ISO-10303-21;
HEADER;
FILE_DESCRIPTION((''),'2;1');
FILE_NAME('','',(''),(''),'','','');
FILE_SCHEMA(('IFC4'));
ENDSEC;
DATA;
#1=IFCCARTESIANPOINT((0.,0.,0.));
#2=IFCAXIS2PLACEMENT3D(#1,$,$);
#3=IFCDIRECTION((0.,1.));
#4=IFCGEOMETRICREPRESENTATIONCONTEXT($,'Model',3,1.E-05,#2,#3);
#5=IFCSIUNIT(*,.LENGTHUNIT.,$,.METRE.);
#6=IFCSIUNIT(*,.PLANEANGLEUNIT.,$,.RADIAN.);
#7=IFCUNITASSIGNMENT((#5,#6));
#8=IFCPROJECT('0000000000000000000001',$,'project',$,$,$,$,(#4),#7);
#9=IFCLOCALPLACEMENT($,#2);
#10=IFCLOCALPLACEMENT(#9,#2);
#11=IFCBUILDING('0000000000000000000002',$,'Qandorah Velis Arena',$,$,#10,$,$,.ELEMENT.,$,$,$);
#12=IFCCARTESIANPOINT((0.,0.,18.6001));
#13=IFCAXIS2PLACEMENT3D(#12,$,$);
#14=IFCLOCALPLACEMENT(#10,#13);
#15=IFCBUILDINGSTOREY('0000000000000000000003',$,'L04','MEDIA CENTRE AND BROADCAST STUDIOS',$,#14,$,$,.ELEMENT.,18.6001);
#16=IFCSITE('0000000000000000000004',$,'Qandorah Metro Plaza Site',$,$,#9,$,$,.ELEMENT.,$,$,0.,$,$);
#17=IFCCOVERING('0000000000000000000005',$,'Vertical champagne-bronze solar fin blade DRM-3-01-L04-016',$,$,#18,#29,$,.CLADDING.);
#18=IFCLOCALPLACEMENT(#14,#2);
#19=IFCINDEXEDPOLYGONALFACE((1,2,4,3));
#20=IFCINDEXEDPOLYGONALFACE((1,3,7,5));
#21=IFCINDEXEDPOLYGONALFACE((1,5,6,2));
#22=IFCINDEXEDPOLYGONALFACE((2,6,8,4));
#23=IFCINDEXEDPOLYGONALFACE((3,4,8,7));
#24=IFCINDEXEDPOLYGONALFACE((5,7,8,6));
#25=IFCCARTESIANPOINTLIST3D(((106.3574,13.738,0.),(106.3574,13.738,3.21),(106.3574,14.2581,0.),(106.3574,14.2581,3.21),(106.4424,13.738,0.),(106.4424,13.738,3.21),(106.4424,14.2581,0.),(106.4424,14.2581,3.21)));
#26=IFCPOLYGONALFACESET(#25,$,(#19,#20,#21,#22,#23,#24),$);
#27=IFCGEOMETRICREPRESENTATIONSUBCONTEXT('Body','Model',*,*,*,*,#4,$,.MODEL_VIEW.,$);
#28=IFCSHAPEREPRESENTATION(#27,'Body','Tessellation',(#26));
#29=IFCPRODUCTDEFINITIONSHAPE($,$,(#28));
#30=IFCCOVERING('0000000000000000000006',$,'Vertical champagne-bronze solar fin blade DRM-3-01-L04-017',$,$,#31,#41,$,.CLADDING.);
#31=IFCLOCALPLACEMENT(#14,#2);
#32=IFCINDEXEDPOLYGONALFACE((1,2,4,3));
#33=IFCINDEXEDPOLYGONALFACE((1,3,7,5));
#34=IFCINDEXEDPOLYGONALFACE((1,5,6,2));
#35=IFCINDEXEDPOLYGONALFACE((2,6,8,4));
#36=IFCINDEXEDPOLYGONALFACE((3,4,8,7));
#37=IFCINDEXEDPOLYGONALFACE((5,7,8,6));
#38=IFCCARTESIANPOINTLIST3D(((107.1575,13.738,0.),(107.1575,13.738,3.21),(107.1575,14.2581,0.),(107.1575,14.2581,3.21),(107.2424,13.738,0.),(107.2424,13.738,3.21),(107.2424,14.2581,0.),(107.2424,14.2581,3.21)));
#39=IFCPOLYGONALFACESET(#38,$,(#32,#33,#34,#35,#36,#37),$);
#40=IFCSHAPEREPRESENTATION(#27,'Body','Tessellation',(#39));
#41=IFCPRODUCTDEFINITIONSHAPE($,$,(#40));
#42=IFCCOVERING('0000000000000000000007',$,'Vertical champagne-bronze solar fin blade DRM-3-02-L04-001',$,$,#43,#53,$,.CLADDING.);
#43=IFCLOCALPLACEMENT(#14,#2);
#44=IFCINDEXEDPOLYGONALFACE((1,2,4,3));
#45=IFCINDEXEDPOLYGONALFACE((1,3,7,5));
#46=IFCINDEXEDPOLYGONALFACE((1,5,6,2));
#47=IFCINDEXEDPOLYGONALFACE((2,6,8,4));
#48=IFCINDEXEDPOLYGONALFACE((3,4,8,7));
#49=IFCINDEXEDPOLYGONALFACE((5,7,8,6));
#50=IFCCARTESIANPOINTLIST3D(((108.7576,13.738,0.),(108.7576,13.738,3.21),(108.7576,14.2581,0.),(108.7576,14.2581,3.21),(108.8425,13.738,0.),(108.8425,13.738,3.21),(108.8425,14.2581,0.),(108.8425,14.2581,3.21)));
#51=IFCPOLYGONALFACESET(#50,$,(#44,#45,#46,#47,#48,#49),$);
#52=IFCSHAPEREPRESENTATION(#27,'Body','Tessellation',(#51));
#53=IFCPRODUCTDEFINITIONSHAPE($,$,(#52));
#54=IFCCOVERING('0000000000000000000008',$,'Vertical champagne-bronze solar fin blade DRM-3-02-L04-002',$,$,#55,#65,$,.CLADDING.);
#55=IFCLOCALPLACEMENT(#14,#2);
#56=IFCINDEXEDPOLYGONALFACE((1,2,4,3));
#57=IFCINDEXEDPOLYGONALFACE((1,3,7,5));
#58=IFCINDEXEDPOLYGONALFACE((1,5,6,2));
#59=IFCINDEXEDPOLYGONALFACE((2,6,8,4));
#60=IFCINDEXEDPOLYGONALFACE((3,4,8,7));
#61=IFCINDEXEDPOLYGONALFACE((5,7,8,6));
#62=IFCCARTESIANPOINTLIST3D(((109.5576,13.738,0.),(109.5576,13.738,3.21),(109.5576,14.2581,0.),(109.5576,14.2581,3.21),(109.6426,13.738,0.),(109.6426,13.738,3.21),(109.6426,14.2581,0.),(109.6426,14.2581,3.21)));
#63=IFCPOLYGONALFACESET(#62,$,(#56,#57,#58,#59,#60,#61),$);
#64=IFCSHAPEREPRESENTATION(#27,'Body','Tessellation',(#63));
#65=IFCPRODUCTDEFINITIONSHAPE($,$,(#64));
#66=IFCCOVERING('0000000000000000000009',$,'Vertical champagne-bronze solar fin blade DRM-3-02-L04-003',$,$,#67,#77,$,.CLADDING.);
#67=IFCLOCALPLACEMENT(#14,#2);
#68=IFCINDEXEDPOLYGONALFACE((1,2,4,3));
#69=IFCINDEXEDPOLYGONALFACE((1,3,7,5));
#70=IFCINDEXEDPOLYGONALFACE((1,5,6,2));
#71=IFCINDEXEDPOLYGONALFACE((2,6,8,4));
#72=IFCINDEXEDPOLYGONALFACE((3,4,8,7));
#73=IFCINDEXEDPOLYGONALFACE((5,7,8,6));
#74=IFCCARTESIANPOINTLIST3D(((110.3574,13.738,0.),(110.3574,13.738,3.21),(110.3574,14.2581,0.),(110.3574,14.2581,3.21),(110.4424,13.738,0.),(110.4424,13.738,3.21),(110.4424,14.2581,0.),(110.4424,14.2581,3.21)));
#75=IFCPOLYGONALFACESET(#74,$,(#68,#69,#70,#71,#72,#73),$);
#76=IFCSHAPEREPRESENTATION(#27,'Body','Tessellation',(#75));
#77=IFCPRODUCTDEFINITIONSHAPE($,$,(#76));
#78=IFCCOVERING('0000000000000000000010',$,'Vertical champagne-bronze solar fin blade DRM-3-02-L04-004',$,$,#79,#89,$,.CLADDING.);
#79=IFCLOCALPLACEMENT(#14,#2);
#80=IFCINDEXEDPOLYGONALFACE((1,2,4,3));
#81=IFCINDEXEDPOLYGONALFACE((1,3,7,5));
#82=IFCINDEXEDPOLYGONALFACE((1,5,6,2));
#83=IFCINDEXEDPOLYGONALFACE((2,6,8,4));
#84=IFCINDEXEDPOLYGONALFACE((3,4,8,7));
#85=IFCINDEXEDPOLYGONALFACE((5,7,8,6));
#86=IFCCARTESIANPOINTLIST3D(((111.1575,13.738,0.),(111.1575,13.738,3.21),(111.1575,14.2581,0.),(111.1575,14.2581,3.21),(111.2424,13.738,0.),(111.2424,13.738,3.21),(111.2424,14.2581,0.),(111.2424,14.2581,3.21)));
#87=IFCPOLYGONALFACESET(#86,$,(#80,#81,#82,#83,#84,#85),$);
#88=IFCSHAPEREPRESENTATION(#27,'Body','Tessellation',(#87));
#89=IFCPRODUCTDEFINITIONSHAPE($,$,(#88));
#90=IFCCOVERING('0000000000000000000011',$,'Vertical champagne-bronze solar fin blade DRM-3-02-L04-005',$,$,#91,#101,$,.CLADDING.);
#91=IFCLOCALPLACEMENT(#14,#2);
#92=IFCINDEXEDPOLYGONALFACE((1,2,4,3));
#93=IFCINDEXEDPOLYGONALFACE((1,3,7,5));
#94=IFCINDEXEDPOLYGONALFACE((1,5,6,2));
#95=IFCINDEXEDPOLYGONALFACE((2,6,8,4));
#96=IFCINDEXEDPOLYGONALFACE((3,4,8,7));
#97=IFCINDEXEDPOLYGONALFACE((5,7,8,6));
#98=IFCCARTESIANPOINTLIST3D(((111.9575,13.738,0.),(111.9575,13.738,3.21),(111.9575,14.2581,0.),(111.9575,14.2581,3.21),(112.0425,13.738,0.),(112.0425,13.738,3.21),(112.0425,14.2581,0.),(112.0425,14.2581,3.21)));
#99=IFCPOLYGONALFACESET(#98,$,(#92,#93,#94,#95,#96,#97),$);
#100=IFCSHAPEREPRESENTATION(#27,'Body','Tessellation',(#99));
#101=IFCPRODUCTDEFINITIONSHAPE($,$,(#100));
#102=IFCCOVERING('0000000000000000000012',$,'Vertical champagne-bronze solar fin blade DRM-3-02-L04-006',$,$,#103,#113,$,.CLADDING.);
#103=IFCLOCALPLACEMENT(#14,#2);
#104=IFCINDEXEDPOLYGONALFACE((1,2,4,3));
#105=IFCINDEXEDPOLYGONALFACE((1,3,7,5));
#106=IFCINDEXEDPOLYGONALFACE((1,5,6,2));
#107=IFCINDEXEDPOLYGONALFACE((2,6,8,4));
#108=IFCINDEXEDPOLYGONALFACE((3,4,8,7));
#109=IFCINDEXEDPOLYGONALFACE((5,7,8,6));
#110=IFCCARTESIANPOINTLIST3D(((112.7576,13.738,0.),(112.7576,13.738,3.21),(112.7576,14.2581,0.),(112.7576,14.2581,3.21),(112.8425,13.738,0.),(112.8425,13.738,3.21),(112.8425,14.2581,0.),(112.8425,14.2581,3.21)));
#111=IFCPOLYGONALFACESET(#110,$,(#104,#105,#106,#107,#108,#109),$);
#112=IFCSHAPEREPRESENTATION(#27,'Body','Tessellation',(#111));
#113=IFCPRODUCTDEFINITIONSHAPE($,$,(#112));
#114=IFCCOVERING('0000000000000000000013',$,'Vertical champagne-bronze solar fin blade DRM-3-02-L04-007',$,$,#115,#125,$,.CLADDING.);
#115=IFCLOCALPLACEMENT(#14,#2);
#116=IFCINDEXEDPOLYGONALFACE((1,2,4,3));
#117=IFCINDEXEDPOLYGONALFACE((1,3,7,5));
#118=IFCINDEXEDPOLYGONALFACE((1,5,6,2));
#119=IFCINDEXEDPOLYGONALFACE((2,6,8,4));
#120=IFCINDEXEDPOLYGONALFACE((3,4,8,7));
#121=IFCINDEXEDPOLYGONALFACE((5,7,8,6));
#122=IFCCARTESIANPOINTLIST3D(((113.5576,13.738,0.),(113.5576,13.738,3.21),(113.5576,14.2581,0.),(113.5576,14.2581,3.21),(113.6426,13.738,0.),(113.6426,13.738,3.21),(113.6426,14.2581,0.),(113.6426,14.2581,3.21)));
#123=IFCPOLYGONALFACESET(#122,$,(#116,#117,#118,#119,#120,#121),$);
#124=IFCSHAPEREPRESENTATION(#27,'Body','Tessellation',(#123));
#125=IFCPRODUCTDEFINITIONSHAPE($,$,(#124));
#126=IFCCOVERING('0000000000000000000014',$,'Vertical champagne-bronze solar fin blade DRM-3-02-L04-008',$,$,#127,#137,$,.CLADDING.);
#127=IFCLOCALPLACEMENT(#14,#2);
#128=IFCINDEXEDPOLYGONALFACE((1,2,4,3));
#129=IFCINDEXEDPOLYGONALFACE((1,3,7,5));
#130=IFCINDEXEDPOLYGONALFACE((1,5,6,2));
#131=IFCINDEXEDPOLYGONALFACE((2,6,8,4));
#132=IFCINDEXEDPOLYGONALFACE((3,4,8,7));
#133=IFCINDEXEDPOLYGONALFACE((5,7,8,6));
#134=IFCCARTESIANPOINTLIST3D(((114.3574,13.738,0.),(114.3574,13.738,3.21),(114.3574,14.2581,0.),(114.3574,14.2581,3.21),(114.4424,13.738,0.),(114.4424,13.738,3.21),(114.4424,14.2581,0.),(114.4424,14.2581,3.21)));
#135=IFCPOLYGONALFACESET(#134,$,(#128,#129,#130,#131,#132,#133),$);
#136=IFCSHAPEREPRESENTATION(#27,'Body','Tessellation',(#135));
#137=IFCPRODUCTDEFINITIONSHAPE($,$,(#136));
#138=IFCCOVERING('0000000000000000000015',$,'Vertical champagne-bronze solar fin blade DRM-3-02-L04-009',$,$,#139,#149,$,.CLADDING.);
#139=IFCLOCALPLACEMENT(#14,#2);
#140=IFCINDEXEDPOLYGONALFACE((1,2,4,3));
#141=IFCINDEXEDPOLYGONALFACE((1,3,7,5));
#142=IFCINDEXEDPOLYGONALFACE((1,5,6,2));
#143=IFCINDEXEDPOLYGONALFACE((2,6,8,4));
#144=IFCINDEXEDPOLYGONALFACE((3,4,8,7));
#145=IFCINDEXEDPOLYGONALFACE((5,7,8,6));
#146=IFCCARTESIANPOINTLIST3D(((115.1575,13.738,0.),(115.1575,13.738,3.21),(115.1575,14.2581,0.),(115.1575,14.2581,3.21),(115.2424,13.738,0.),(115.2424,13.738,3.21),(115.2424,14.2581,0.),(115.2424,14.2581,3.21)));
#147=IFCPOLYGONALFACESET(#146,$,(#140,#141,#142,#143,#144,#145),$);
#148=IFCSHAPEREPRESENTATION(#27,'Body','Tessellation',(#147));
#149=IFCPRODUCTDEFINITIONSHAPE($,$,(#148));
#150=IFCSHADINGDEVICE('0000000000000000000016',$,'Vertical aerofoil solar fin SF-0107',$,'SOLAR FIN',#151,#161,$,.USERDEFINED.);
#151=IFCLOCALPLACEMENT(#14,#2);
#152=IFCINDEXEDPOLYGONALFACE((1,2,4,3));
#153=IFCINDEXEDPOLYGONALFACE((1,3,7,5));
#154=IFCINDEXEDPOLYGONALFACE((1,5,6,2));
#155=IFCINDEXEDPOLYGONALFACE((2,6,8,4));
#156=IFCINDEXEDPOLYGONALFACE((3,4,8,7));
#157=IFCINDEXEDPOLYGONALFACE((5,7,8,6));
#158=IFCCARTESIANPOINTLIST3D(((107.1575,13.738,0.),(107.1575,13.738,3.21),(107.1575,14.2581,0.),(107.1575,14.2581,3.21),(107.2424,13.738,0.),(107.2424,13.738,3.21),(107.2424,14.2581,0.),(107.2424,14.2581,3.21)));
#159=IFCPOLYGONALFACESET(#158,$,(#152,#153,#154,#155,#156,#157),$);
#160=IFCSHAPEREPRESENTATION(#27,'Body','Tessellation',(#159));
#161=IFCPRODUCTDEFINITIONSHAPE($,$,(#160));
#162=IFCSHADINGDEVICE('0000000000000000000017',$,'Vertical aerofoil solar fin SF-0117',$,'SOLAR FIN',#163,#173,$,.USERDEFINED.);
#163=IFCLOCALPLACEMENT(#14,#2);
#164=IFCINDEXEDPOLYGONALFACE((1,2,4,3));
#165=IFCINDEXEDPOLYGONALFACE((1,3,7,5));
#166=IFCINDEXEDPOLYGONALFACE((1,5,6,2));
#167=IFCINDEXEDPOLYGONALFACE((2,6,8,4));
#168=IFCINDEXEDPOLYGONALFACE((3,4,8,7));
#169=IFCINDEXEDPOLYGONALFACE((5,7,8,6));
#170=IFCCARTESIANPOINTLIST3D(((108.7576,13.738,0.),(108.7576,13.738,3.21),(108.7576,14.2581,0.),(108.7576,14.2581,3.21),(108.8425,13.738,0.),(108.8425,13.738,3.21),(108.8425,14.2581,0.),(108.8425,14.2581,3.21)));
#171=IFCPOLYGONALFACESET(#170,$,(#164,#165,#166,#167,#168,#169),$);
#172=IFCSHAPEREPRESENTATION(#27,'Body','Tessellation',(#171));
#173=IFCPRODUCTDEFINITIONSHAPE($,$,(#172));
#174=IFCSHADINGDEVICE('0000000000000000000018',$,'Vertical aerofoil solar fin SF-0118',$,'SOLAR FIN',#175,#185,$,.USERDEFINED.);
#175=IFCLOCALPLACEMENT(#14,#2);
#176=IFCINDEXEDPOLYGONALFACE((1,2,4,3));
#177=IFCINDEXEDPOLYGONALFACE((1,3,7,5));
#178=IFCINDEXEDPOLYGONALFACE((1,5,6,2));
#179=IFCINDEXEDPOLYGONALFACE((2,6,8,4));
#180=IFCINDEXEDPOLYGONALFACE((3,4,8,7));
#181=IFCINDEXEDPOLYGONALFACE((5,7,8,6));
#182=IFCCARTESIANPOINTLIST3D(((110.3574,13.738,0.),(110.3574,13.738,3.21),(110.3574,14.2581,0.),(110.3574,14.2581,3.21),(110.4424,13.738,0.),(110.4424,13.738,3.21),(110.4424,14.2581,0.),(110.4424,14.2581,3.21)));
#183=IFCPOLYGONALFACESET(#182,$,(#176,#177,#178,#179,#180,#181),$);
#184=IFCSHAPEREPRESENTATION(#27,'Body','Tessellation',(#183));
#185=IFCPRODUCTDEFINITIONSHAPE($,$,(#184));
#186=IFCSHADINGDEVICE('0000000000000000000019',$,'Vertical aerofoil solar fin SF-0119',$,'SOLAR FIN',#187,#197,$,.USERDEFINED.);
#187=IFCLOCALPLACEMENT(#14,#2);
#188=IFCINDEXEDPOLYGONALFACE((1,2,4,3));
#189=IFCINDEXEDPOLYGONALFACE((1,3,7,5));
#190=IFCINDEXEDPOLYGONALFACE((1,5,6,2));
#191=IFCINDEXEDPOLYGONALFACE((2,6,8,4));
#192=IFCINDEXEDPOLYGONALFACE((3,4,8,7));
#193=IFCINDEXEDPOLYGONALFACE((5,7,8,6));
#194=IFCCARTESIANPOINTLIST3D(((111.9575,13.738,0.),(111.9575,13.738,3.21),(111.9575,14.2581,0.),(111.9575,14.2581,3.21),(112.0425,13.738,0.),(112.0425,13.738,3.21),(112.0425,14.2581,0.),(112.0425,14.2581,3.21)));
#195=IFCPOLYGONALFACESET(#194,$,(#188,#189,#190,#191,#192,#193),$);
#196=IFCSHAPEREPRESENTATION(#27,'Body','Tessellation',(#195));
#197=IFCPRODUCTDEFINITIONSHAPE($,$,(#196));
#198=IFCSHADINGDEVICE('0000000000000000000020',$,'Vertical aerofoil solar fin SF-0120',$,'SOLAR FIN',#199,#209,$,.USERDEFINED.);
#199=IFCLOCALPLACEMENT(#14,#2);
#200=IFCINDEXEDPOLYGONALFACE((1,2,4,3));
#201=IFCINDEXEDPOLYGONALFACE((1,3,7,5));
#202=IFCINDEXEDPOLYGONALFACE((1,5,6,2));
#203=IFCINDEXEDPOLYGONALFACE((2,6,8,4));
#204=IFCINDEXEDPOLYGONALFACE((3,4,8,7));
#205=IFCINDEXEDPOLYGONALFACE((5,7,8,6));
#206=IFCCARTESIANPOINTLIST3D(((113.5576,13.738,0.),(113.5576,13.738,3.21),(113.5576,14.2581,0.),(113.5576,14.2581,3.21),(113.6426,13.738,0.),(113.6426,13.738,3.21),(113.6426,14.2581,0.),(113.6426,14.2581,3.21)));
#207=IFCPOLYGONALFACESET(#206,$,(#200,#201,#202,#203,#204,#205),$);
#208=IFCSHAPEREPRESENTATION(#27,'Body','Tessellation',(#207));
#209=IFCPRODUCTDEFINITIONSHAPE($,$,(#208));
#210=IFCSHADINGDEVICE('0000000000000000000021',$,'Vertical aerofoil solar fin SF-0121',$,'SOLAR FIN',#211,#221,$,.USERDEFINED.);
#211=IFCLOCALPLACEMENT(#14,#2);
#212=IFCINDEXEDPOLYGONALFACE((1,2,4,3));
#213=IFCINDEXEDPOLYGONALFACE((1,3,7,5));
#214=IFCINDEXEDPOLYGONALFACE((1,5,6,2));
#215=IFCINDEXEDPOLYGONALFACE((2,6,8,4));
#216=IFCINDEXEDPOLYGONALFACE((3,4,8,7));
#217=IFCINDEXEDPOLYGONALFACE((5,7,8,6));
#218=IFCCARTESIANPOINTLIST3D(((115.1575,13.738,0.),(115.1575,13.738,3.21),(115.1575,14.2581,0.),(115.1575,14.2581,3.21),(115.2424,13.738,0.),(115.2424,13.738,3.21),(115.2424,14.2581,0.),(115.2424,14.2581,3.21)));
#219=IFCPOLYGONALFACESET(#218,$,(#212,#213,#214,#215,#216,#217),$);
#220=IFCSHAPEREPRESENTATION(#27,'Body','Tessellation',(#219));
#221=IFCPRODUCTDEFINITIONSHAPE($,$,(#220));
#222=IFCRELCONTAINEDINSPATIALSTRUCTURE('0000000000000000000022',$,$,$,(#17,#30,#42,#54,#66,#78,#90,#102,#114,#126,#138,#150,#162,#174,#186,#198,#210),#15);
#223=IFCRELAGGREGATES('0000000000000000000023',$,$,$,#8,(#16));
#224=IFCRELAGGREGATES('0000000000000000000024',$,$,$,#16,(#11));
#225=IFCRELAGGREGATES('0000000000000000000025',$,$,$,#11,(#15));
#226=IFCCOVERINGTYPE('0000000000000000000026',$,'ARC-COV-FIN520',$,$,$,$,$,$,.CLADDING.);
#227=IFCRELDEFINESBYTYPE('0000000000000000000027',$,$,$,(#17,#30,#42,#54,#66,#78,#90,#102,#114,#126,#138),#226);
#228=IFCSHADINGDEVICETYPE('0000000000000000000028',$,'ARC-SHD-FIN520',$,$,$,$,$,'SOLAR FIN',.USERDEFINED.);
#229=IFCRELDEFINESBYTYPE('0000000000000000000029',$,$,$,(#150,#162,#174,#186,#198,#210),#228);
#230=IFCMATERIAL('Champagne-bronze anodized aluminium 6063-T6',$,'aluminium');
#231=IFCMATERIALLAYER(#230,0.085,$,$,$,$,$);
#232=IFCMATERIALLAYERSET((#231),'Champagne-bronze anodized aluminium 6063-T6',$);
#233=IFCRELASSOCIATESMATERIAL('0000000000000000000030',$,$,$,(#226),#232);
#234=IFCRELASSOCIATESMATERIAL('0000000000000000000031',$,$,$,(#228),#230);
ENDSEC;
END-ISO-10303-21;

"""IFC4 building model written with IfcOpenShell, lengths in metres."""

from ifc_helpers import new_model, si_unit, direction, frame, origin, origin_2d, place, context, subcontext, project, spatial, rectangle, extrude, material, layer, layer_set, type_object, element, save


model = new_model("IFC4")

# Units and contexts
model_context = context("Model", 3, precision=1e-05, world=origin(), true_north=direction((0.0, 1.0)))
body_context = subcontext(model_context, "Body", "Model", "MODEL_VIEW")
ifc_project = project(units=[si_unit("LENGTHUNIT", "METRE"), si_unit("PLANEANGLEUNIT", "RADIAN")], contexts=[model_context])

# Site, building, storey
site_placement = place(None, origin())
site = spatial("IfcSite", under=ifc_project, at=site_placement, Name="Qandorah Metro Plaza Site", CompositionType="ELEMENT", RefElevation=0.0)
building_placement = place(site_placement, origin())
building = spatial("IfcBuilding", under=site, at=building_placement, Name="Qandorah Velis Arena", CompositionType="ELEMENT")
storey_placement = place(building_placement, frame((0.0, 0.0, 18.6001)))
storey = spatial("IfcBuildingStorey", under=building, at=storey_placement, Name="L04", Description="MEDIA CENTRE AND BROADCAST STUDIOS", CompositionType="ELEMENT", Elevation=18.6001)

# Coverings
ifc_material_1 = material(Name="Champagne-bronze anodized aluminium 6063-T6", Category="aluminium")
ifc_layer = layer(ifc_material_1, 0.085)
ifc_layer_set = layer_set([ifc_layer], Name="Champagne-bronze anodized aluminium 6063-T6")
covering_type = type_object("IfcCoveringType", Name="ARC-COV-FIN520", PredefinedType="CLADDING", material=ifc_layer_set)
for number, where, z_axis, x_axis, name in (
    (1, (106.3999, 13.998, 0.0), (0.0, 0.0, 1.0), (1.0, 0.0, 0.0), "Vertical champagne-bronze solar fin blade DRM-3-01-L04-016"),
    (2, (107.2, 13.998, 0.0), (0.0, 0.0, 1.0), (1.0, 0.0, 0.0), "Vertical champagne-bronze solar fin blade DRM-3-01-L04-017"),
    (3, (108.8, 13.998, 0.0), (0.0, 0.0, 1.0), (1.0, 0.0, 0.0), "Vertical champagne-bronze solar fin blade DRM-3-02-L04-001"),
    (4, (109.6001, 13.998, 0.0), (0.0, 0.0, 1.0), (1.0, 0.0, 0.0), "Vertical champagne-bronze solar fin blade DRM-3-02-L04-002"),
    (5, (110.3999, 13.998, 0.0), (0.0, 0.0, 1.0), (1.0, 0.0, 0.0), "Vertical champagne-bronze solar fin blade DRM-3-02-L04-003"),
    (6, (111.2, 13.998, 0.0), (0.0, 0.0, 1.0), (1.0, 0.0, 0.0), "Vertical champagne-bronze solar fin blade DRM-3-02-L04-004"),
    (7, (112.0, 13.998, 0.0), (0.0, 0.0, 1.0), (1.0, 0.0, 0.0), "Vertical champagne-bronze solar fin blade DRM-3-02-L04-005"),
    (8, (112.8, 13.998, 0.0), (0.0, 0.0, 1.0), (1.0, 0.0, 0.0), "Vertical champagne-bronze solar fin blade DRM-3-02-L04-006"),
    (9, (113.6001, 13.998, 0.0), (0.0, 0.0, 1.0), (1.0, 0.0, 0.0), "Vertical champagne-bronze solar fin blade DRM-3-02-L04-007"),
    (10, (114.3999, 13.998, 0.0), (0.0, 0.0, 1.0), (1.0, 0.0, 0.0), "Vertical champagne-bronze solar fin blade DRM-3-02-L04-008"),
    (11, (115.2, 13.998, 0.0), (0.0, 0.0, 1.0), (1.0, 0.0, 0.0), "Vertical champagne-bronze solar fin blade DRM-3-02-L04-009"),
):
    element("IfcCovering", number, at=place(storey_placement, frame(where, z_axis=z_axis, x_axis=x_axis)), inside=storey, type_object=covering_type, Name=name, PredefinedType="CLADDING", context=body_context, shape_type="SweptSolid", body=[
        extrude(rectangle(XDim=0.085, YDim=0.52, at=origin_2d()), origin(), (0.0, 0.0, 1.0), 3.21),
    ])

# Shading devices
shading_device_type = type_object("IfcShadingDeviceType", Name="ARC-SHD-FIN520", ElementType="SOLAR FIN", PredefinedType="USERDEFINED", material=ifc_material_1)
for number, where, z_axis, x_axis, name in (
    (12, (107.2, 13.998, 0.0), (0.0, 0.0, 1.0), (1.0, 0.0, 0.0), "Vertical aerofoil solar fin SF-0107"),
    (13, (108.8, 13.998, 0.0), (0.0, 0.0, 1.0), (1.0, 0.0, 0.0), "Vertical aerofoil solar fin SF-0117"),
    (14, (110.3999, 13.998, 0.0), (0.0, 0.0, 1.0), (1.0, 0.0, 0.0), "Vertical aerofoil solar fin SF-0118"),
    (15, (112.0, 13.998, 0.0), (0.0, 0.0, 1.0), (1.0, 0.0, 0.0), "Vertical aerofoil solar fin SF-0119"),
    (16, (113.6001, 13.998, 0.0), (0.0, 0.0, 1.0), (1.0, 0.0, 0.0), "Vertical aerofoil solar fin SF-0120"),
    (17, (115.2, 13.998, 0.0), (0.0, 0.0, 1.0), (1.0, 0.0, 0.0), "Vertical aerofoil solar fin SF-0121"),
):
    element("IfcShadingDevice", number, at=place(storey_placement, frame(where, z_axis=z_axis, x_axis=x_axis)), inside=storey, type_object=shading_device_type, Name=name, ObjectType="SOLAR FIN", PredefinedType="USERDEFINED", context=body_context, shape_type="SweptSolid", body=[
        extrude(rectangle(XDim=0.085, YDim=0.52, at=origin_2d()), origin(), (0.0, 0.0, 1.0), 3.21),
    ])

save(model, "model.ifc")
